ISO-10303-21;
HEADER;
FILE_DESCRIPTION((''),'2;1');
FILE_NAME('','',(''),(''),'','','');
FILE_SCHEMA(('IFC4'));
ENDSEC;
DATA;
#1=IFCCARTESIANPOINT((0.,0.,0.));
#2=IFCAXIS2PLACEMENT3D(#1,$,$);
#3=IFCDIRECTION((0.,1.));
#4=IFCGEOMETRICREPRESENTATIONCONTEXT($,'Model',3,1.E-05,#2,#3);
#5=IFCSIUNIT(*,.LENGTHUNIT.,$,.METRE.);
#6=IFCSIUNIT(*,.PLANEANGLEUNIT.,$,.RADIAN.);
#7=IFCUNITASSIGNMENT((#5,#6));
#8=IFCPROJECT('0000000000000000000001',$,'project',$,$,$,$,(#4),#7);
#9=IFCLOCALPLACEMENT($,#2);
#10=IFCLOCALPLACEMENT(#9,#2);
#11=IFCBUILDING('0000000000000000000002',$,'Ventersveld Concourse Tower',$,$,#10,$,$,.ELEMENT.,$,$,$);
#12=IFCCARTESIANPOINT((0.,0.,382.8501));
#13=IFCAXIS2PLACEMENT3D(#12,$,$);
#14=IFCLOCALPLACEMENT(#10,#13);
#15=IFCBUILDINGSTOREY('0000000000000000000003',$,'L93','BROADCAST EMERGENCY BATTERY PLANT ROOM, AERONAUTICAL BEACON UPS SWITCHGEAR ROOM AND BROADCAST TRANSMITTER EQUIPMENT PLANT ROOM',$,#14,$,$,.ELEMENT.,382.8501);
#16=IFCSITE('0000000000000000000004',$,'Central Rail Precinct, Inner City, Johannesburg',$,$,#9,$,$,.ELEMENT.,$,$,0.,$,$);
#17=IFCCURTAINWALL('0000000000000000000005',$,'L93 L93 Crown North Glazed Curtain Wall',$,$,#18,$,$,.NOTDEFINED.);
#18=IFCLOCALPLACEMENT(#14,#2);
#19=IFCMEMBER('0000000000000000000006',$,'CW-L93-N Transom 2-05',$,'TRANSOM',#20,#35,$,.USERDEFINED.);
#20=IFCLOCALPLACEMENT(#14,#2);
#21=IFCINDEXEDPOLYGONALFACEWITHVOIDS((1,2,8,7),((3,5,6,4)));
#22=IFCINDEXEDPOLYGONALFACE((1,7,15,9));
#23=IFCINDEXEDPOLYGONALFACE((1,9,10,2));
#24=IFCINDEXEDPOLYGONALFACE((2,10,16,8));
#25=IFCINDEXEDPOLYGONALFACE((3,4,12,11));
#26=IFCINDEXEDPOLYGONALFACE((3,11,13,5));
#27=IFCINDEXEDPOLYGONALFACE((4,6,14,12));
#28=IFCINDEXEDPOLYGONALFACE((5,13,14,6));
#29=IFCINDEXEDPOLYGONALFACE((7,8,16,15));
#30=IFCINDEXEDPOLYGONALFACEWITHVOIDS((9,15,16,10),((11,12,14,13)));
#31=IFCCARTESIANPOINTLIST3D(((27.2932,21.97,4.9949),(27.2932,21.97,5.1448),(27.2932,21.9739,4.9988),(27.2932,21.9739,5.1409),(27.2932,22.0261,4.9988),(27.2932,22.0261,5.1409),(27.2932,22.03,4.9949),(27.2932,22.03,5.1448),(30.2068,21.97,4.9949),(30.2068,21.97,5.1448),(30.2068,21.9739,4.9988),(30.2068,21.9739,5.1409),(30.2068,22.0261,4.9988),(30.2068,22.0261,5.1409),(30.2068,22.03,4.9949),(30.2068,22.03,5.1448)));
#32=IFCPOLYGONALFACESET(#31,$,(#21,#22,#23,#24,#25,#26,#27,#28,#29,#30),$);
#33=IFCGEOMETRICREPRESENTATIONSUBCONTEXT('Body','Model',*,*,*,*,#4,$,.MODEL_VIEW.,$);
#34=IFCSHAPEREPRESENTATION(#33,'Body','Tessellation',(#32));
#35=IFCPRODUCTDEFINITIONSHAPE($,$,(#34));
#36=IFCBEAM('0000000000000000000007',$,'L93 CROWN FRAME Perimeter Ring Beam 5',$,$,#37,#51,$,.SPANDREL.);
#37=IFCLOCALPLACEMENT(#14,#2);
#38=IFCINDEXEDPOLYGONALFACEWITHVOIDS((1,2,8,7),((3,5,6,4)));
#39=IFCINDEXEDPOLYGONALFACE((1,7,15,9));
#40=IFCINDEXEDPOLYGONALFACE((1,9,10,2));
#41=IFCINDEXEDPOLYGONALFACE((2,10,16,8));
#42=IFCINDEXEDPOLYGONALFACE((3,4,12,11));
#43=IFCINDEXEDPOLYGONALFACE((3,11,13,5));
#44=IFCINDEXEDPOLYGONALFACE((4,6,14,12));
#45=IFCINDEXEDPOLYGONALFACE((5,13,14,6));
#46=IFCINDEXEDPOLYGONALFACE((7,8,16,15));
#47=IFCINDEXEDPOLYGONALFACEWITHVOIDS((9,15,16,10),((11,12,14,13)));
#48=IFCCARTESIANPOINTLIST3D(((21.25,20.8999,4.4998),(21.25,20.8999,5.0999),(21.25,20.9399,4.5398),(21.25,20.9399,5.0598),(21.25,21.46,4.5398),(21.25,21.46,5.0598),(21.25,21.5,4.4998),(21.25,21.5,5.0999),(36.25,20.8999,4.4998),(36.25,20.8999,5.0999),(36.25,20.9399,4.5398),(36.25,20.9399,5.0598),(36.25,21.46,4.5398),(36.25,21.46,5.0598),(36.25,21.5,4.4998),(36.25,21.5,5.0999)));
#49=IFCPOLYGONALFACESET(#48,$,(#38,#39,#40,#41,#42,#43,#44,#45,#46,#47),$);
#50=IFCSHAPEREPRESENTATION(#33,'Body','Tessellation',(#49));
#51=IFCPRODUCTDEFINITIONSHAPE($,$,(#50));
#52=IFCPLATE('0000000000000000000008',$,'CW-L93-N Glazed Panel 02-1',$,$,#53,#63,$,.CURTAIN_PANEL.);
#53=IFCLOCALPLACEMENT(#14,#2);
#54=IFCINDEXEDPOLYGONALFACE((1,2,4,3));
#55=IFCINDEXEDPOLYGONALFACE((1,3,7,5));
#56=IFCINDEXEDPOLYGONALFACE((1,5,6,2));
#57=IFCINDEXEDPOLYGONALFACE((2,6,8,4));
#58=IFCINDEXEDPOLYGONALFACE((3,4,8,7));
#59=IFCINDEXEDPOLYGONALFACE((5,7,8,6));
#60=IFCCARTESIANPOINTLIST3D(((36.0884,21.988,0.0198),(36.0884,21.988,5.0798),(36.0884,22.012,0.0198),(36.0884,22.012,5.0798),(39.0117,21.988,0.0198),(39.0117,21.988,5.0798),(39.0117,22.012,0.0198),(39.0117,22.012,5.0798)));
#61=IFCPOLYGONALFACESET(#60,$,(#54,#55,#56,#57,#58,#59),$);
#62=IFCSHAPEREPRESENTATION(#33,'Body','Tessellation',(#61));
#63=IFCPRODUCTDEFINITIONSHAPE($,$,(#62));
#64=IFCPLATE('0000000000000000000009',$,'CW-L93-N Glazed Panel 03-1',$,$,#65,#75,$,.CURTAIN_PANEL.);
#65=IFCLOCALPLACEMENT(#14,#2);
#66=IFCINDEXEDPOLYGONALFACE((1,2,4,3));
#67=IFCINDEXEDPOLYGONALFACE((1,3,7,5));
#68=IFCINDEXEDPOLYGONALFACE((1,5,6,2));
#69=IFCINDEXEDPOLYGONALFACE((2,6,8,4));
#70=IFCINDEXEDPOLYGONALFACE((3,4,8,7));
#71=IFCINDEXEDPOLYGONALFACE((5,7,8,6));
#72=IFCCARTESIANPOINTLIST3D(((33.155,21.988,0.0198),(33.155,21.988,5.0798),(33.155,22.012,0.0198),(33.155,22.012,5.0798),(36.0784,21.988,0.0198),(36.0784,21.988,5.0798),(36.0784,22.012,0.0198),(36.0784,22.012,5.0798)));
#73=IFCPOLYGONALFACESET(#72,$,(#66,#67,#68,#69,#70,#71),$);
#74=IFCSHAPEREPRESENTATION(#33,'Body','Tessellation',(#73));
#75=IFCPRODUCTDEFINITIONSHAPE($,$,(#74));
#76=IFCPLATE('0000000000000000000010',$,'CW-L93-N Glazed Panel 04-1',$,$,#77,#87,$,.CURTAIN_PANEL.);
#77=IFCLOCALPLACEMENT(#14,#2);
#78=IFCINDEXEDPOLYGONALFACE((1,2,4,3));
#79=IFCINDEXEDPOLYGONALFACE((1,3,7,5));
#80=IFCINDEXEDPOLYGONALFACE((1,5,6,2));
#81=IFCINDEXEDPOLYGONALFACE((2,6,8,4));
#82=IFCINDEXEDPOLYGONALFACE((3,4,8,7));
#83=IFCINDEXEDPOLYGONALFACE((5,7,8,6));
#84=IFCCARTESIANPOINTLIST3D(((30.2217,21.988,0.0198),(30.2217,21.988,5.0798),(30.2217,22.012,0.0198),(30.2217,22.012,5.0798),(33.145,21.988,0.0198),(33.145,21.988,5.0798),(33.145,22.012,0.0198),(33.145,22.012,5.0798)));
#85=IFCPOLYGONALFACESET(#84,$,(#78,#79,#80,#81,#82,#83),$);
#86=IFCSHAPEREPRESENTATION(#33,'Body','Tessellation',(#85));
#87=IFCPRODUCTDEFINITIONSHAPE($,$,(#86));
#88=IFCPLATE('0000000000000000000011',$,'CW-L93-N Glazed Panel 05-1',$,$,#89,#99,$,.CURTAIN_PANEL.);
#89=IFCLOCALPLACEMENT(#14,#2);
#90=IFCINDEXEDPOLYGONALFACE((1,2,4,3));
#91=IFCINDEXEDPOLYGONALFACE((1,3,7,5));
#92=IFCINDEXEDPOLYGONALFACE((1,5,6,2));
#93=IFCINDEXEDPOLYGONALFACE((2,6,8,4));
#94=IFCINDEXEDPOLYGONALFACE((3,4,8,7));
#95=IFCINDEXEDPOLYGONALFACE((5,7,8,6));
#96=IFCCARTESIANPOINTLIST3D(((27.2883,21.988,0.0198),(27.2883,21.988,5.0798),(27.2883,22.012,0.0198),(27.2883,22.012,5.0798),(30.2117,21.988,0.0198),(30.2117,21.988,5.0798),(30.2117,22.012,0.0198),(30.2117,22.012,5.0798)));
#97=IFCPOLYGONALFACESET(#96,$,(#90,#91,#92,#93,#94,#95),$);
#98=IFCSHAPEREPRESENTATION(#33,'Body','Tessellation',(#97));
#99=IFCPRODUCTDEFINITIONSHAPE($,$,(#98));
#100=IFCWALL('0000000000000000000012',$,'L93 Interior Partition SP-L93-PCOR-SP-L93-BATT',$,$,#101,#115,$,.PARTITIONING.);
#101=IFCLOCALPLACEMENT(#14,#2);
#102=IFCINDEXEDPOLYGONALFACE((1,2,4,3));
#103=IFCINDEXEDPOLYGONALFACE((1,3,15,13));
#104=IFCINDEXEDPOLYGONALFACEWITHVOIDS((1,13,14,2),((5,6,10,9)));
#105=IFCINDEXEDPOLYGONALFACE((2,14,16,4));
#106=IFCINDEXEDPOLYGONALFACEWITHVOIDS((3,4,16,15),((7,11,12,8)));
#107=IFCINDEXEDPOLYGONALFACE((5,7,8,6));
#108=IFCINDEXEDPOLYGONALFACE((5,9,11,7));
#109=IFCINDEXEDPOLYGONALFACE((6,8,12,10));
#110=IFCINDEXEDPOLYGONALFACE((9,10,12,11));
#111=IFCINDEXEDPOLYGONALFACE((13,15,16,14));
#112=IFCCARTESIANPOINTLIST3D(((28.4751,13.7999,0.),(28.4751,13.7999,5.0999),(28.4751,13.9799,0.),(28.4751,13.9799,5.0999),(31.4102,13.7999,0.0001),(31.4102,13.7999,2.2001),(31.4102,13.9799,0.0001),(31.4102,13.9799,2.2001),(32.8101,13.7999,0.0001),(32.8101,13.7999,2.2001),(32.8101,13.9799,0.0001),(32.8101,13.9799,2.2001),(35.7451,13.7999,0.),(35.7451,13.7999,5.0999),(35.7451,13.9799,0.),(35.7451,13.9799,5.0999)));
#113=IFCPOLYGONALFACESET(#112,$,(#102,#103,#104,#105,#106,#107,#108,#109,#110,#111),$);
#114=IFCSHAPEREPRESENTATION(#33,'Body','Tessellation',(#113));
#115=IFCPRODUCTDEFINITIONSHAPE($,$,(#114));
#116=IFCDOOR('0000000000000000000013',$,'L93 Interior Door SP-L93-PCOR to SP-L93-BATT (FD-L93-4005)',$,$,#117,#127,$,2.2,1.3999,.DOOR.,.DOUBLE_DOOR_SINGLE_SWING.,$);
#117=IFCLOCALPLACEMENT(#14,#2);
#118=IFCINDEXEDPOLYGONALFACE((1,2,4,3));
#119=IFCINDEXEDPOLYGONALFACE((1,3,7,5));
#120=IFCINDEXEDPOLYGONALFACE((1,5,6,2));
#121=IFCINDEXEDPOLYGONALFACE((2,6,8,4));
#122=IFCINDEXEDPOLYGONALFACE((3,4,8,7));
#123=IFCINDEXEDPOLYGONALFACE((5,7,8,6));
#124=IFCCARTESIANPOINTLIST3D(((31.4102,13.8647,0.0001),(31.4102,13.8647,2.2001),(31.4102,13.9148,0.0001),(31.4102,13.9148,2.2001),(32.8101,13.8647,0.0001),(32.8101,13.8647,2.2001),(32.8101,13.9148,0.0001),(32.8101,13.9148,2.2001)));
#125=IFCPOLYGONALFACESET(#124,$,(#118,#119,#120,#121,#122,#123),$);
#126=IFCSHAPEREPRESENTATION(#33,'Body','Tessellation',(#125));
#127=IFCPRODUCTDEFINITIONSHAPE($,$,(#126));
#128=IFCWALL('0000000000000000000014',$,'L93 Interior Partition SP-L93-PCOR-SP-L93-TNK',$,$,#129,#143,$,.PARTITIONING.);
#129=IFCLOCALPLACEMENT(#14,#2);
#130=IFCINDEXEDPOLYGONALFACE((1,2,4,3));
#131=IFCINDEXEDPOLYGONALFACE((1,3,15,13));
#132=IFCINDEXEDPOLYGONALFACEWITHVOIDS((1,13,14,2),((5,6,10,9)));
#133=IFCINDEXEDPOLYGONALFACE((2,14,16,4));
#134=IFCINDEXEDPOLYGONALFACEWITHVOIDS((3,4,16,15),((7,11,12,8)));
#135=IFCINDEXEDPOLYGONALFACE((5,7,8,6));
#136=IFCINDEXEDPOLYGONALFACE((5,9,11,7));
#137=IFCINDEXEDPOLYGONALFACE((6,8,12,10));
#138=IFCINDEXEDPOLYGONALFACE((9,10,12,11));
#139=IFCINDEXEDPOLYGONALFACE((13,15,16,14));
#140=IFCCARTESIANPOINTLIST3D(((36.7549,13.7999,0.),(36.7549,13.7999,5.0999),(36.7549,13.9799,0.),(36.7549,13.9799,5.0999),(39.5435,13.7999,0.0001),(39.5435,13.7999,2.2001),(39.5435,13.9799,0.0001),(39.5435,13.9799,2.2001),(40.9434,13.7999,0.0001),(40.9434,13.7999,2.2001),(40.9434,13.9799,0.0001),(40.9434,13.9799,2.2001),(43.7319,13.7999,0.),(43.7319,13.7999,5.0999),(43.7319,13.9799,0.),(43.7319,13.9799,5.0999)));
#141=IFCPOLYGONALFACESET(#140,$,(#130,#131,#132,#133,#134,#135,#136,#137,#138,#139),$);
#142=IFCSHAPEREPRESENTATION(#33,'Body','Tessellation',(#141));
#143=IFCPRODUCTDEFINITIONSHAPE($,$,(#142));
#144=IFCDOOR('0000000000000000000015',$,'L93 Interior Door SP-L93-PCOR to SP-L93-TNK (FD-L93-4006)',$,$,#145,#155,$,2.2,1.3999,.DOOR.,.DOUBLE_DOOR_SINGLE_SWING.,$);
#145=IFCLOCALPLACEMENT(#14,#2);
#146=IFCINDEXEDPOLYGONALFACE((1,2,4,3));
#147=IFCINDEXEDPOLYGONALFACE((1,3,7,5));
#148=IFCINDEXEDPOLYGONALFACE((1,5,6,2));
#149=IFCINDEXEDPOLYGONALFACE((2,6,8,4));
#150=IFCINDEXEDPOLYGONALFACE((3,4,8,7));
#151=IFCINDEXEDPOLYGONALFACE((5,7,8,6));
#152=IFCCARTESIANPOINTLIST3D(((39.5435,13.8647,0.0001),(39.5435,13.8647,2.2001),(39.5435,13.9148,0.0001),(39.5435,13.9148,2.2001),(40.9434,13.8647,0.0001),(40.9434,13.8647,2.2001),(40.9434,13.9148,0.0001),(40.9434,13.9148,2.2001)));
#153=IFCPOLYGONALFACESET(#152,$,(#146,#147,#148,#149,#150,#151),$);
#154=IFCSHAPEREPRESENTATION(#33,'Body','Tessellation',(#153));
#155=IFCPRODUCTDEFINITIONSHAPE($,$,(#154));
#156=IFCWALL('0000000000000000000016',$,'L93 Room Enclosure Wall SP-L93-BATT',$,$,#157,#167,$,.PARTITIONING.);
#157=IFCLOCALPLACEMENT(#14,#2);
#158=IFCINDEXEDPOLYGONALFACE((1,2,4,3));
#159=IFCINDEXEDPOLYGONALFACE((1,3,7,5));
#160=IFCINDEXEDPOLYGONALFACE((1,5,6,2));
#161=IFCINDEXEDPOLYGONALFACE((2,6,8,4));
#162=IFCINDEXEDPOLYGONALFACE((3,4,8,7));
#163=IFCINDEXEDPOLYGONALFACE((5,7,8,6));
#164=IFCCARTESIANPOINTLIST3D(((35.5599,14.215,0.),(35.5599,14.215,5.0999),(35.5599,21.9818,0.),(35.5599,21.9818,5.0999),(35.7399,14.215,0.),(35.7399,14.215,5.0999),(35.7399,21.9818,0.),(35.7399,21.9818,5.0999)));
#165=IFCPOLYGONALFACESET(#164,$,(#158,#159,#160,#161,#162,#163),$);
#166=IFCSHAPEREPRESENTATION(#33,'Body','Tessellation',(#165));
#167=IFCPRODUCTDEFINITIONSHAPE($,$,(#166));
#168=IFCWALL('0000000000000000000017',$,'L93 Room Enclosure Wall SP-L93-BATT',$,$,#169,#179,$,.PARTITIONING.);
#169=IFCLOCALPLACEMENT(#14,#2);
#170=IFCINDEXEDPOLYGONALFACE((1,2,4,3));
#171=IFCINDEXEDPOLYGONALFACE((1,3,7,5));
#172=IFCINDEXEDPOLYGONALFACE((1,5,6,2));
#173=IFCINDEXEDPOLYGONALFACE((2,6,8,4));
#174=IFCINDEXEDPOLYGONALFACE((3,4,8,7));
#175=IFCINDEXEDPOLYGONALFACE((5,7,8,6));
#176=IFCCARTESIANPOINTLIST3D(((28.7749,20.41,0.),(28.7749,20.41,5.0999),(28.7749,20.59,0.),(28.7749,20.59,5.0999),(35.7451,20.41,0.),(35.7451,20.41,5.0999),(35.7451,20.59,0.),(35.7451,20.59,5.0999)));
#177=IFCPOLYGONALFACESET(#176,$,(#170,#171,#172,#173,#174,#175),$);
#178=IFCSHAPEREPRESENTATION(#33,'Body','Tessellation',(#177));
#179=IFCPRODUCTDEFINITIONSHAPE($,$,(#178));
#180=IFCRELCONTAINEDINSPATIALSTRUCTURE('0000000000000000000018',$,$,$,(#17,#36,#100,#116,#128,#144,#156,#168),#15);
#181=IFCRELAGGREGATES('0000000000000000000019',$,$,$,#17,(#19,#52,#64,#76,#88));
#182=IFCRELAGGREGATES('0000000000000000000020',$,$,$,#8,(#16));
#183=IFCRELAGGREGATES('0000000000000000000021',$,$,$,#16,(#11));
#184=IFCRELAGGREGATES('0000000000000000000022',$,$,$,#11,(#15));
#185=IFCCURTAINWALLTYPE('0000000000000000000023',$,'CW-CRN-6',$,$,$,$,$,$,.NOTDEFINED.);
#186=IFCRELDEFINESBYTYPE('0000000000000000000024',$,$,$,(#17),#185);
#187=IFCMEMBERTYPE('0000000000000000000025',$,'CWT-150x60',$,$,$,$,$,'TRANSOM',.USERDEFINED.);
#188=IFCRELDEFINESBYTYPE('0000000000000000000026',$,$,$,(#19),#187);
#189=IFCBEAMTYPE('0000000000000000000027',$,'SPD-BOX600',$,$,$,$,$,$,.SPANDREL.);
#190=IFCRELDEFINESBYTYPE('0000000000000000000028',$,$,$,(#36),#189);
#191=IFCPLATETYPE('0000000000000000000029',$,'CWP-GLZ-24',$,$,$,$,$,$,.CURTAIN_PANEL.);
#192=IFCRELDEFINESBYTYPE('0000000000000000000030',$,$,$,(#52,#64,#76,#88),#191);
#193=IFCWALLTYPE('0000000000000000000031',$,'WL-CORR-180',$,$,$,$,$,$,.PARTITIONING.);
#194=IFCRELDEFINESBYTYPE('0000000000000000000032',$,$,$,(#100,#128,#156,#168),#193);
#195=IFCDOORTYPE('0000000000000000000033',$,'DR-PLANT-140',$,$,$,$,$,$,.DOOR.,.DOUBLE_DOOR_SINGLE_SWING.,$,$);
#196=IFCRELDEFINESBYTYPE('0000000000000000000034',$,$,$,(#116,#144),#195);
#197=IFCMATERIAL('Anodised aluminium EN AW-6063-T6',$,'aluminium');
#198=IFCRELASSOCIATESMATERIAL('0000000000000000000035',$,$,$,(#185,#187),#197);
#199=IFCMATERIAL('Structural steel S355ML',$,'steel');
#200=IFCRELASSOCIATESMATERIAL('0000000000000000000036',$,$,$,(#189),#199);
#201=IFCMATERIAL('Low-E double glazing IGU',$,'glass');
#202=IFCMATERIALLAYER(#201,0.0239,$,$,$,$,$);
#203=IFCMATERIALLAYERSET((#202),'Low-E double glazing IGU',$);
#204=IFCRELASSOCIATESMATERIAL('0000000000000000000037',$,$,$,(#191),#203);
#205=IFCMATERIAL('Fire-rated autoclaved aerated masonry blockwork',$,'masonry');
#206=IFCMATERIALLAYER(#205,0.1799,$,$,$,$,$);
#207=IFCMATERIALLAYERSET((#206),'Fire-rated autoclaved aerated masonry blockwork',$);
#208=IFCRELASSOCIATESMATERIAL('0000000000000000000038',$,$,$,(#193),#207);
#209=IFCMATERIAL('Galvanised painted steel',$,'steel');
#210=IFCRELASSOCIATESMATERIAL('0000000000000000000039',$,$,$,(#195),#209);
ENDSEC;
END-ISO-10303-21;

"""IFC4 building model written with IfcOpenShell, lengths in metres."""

from ifc_helpers import new_model, si_unit, direction, frame, frame_2d, origin, origin_2d, place, context, subcontext, project, spatial, rectangle, hollow_rectangle, extrude, material, layer, layer_set, material_profile, profile_set, type_object, element, fill, aggregate, save


model = new_model("IFC4")

# Units and contexts
model_context = context("Model", 3, precision=1e-05, world=origin(), true_north=direction((0.0, 1.0)))
body_context = subcontext(model_context, "Body", "Model", "MODEL_VIEW")
ifc_project = project(units=[si_unit("LENGTHUNIT", "METRE"), si_unit("PLANEANGLEUNIT", "RADIAN")], contexts=[model_context])

# Site, building, storey
site_placement = place(None, origin())
site = spatial("IfcSite", under=ifc_project, at=site_placement, Name="Central Rail Precinct, Inner City, Johannesburg", CompositionType="ELEMENT", RefElevation=0.0)
building_placement = place(site_placement, origin())
building = spatial("IfcBuilding", under=site, at=building_placement, Name="Ventersveld Concourse Tower", CompositionType="ELEMENT")
storey_placement = place(building_placement, frame((0.0, 0.0, 382.8501)))
storey = spatial("IfcBuildingStorey", under=building, at=storey_placement, Name="L93", Description="BROADCAST EMERGENCY BATTERY PLANT ROOM, AERONAUTICAL BEACON UPS SWITCHGEAR ROOM AND BROADCAST TRANSMITTER EQUIPMENT PLANT ROOM", CompositionType="ELEMENT", Elevation=382.8501)

# Shared definitions
ifc_material_1 = material(Name="Structural steel S355ML", Category="steel")

# Curtain wall, member
ifc_material_2 = material(Name="Anodised aluminium EN AW-6063-T6", Category="aluminium")
curtain_wall_type = type_object("IfcCurtainWallType", Name="CW-CRN-6", PredefinedType="NOTDEFINED", material=ifc_material_2)
curtain_wall_placement = place(storey_placement, origin())
curtain_wall = element("IfcCurtainWall", 1, at=curtain_wall_placement, inside=storey, type_object=curtain_wall_type, Name="L93 L93 Crown North Glazed Curtain Wall", PredefinedType="NOTDEFINED")
ifc_material_profile_1 = material_profile(ifc_material_2, hollow_rectangle(XDim=0.0601, YDim=0.1499, WallThickness=0.0039, at=origin_2d()), Name="ALU 150x60x4")
ifc_profile_set_1 = profile_set([ifc_material_profile_1], Name="Anodised aluminium EN AW-6063-T6")
member_type_1 = type_object("IfcMemberType", Name="CWT-150x60", ElementType="TRANSOM", PredefinedType="USERDEFINED", material=ifc_profile_set_1)
member_1_placement = place(storey_placement, frame((30.2068, 22.0, 5.0698), z_axis=(-1.0, 0.0, 0.0), x_axis=(0.0, -1.0, 0.0)))
member_1 = element("IfcMember", 2, at=member_1_placement, type_object=member_type_1, Name="CW-L93-N Transom 2-05", ObjectType="TRANSOM", PredefinedType="USERDEFINED", context=body_context, shape_type="SweptSolid", body=[
    extrude(hollow_rectangle(XDim=0.0601, YDim=0.1499, WallThickness=0.0039, at=origin_2d()), origin(), (0.0, 0.0, 1.0), 2.9136),
])

# Beam
ifc_material_profile_2 = material_profile(ifc_material_1, hollow_rectangle(XDim=0.6001, YDim=0.6001, WallThickness=0.04, at=origin_2d()), Name="BOX 600x600x40")
ifc_profile_set_2 = profile_set([ifc_material_profile_2], Name="Structural steel S355ML")
beam_type_1 = type_object("IfcBeamType", Name="SPD-BOX600", PredefinedType="SPANDREL", material=ifc_profile_set_2)
beam_1_placement = place(storey_placement, frame((36.25, 21.2, 4.7998), z_axis=(-1.0, 0.0, 0.0), x_axis=(0.0, -1.0, 0.0)))
element("IfcBeam", 3, at=beam_1_placement, inside=storey, type_object=beam_type_1, Name="L93 CROWN FRAME Perimeter Ring Beam 5", PredefinedType="SPANDREL", context=body_context, shape_type="SweptSolid", body=[
    extrude(hollow_rectangle(XDim=0.6001, YDim=0.6001, WallThickness=0.04, at=origin_2d()), origin(), (0.0, 0.0, 1.0), 15.0),
])

# Plates
ifc_material_3 = material(Name="Low-E double glazing IGU", Category="glass")
ifc_layer_1 = layer(ifc_material_3, 0.0239)
ifc_layer_set_1 = layer_set([ifc_layer_1], Name="Low-E double glazing IGU")
plate_type = type_object("IfcPlateType", Name="CWP-GLZ-24", PredefinedType="CURTAIN_PANEL", material=ifc_layer_set_1)
plate_1_placement = place(storey_placement, frame((37.55, 22.0, 0.0198), z_axis=(0.0, 0.0, 1.0), x_axis=(-1.0, 0.0, 0.0)))
plate_1 = element("IfcPlate", 4, at=plate_1_placement, type_object=plate_type, Name="CW-L93-N Glazed Panel 02-1", PredefinedType="CURTAIN_PANEL", context=body_context, shape_type="SweptSolid", body=[
    extrude(rectangle(XDim=2.9233, YDim=0.0239, at=origin_2d()), origin(), (0.0, 0.0, 1.0), 5.0601),
])
plate_2_placement = place(storey_placement, frame((34.6167, 22.0, 0.0198), z_axis=(0.0, 0.0, 1.0), x_axis=(-1.0, 0.0, 0.0)))
plate_2 = element("IfcPlate", 5, at=plate_2_placement, type_object=plate_type, Name="CW-L93-N Glazed Panel 03-1", PredefinedType="CURTAIN_PANEL", context=body_context, shape_type="SweptSolid", body=[
    extrude(rectangle(XDim=2.9233, YDim=0.0239, at=origin_2d()), origin(), (0.0, 0.0, 1.0), 5.0601),
])
plate_3_placement = place(storey_placement, frame((31.6833, 22.0, 0.0198), z_axis=(0.0, 0.0, 1.0), x_axis=(-1.0, 0.0, 0.0)))
plate_3 = element("IfcPlate", 6, at=plate_3_placement, type_object=plate_type, Name="CW-L93-N Glazed Panel 04-1", PredefinedType="CURTAIN_PANEL", context=body_context, shape_type="SweptSolid", body=[
    extrude(rectangle(XDim=2.9233, YDim=0.0239, at=origin_2d()), origin(), (0.0, 0.0, 1.0), 5.0601),
])
plate_4_placement = place(storey_placement, frame((28.75, 22.0, 0.0198), z_axis=(0.0, 0.0, 1.0), x_axis=(-1.0, 0.0, 0.0)))
plate_4 = element("IfcPlate", 7, at=plate_4_placement, type_object=plate_type, Name="CW-L93-N Glazed Panel 05-1", PredefinedType="CURTAIN_PANEL", context=body_context, shape_type="SweptSolid", body=[
    extrude(rectangle(XDim=2.9233, YDim=0.0239, at=origin_2d()), origin(), (0.0, 0.0, 1.0), 5.0601),
])
aggregate(curtain_wall, [member_1, plate_1, plate_2, plate_3, plate_4])

# Walls, openings, doors
ifc_material_4 = material(Name="Fire-rated autoclaved aerated masonry blockwork", Category="masonry")
ifc_layer_2 = layer(ifc_material_4, 0.1799)
ifc_layer_set_2 = layer_set([ifc_layer_2], Name="Fire-rated autoclaved aerated masonry blockwork")
wall_type_1 = type_object("IfcWallType", Name="WL-CORR-180", PredefinedType="PARTITIONING", material=ifc_layer_set_2)
wall_1_placement = place(storey_placement, frame((28.4751, 13.8899, 0.0), z_axis=(0.0, 0.0, 1.0), x_axis=(1.0, 0.0, 0.0)))
wall_1 = element("IfcWall", 8, at=wall_1_placement, inside=storey, type_object=wall_type_1, Name="L93 Interior Partition SP-L93-PCOR-SP-L93-BATT", PredefinedType="PARTITIONING", context=body_context, shape_type="SweptSolid", body=[
    extrude(rectangle(XDim=7.27, YDim=0.1799, at=frame_2d((3.635, 0.0))), origin(), (0.0, 0.0, 1.0), 5.0999),
])
opening_1_placement = place(wall_1_placement, frame((2.9351, 0.0, 0.0)))
opening_1 = element("IfcOpeningElement", 9, at=opening_1_placement, cuts=wall_1, PredefinedType="OPENING", context=body_context, shape_type="SweptSolid", body=[
    extrude(rectangle(XDim=1.3999, YDim=2.2, at=frame_2d((0.7, 1.1001))), frame((0.0, 0.1001, 0.0), z_axis=(0.0, -1.0, 0.0), x_axis=(1.0, 0.0, 0.0)), (0.0, 0.0, 1.0), 0.2),
])
ifc_material_5 = material(Name="Galvanised painted steel", Category="steel")
door_type_1 = type_object("IfcDoorType", Name="DR-PLANT-140", OperationType="DOUBLE_DOOR_SINGLE_SWING", PredefinedType="DOOR", material=ifc_material_5)
door_1_placement = place(opening_1_placement, origin())
door_1 = element("IfcDoor", 10, at=door_1_placement, inside=storey, type_object=door_type_1, Name="L93 Interior Door SP-L93-PCOR to SP-L93-BATT (FD-L93-4005)", OperationType="DOUBLE_DOOR_SINGLE_SWING", OverallHeight=2.2, OverallWidth=1.3999, PredefinedType="DOOR", context=body_context, shape_type="SweptSolid", body=[
    extrude(rectangle(XDim=1.3999, YDim=2.2, at=frame_2d((0.7, 1.1001))), frame((0.0, 0.0249, 0.0), z_axis=(0.0, -1.0, 0.0), x_axis=(1.0, 0.0, 0.0)), (0.0, 0.0, 1.0), 0.05),
])
fill(opening_1, door_1)
wall_2_placement = place(storey_placement, frame((36.7549, 13.8899, 0.0), z_axis=(0.0, 0.0, 1.0), x_axis=(1.0, 0.0, 0.0)))
wall_2 = element("IfcWall", 11, at=wall_2_placement, inside=storey, type_object=wall_type_1, Name="L93 Interior Partition SP-L93-PCOR-SP-L93-TNK", PredefinedType="PARTITIONING", context=body_context, shape_type="SweptSolid", body=[
    extrude(rectangle(XDim=6.9771, YDim=0.1799, at=frame_2d((3.4885, 0.0))), origin(), (0.0, 0.0, 1.0), 5.0999),
])
opening_2_placement = place(wall_2_placement, frame((2.7886, 0.0, 0.0)))
opening_2 = element("IfcOpeningElement", 12, at=opening_2_placement, cuts=wall_2, PredefinedType="OPENING", context=body_context, shape_type="SweptSolid", body=[
    extrude(rectangle(XDim=1.3999, YDim=2.2, at=frame_2d((0.7, 1.1001))), frame((0.0, 0.1001, 0.0), z_axis=(0.0, -1.0, 0.0), x_axis=(1.0, 0.0, 0.0)), (0.0, 0.0, 1.0), 0.2),
])
door_2_placement = place(opening_2_placement, origin())
door_2 = element("IfcDoor", 13, at=door_2_placement, inside=storey, type_object=door_type_1, Name="L93 Interior Door SP-L93-PCOR to SP-L93-TNK (FD-L93-4006)", OperationType="DOUBLE_DOOR_SINGLE_SWING", OverallHeight=2.2, OverallWidth=1.3999, PredefinedType="DOOR", context=body_context, shape_type="SweptSolid", body=[
    extrude(rectangle(XDim=1.3999, YDim=2.2, at=frame_2d((0.7, 1.1001))), frame((0.0, 0.0249, 0.0), z_axis=(0.0, -1.0, 0.0), x_axis=(1.0, 0.0, 0.0)), (0.0, 0.0, 1.0), 0.05),
])
fill(opening_2, door_2)

# Walls
wall_3_placement = place(storey_placement, frame((35.6499, 14.2151, 0.0), z_axis=(0.0, 0.0, 1.0), x_axis=(0.0, 1.0, 0.0)))
element("IfcWall", 14, at=wall_3_placement, inside=storey, type_object=wall_type_1, Name="L93 Room Enclosure Wall SP-L93-BATT", PredefinedType="PARTITIONING", context=body_context, shape_type="SweptSolid", body=[
    extrude(rectangle(XDim=7.7668, YDim=0.1799, at=frame_2d((3.8833, 0.0))), origin(), (0.0, 0.0, 1.0), 5.0999),
])
wall_4_placement = place(storey_placement, frame((35.7451, 20.5, 0.0), z_axis=(0.0, 0.0, 1.0), x_axis=(-1.0, 0.0, 0.0)))
element("IfcWall", 15, at=wall_4_placement, inside=storey, type_object=wall_type_1, Name="L93 Room Enclosure Wall SP-L93-BATT", PredefinedType="PARTITIONING", context=body_context, shape_type="SweptSolid", body=[
    extrude(rectangle(XDim=6.9702, YDim=0.1799, at=frame_2d((3.4851, 0.0))), origin(), (0.0, 0.0, 1.0), 5.0999),
])

save(model, "model.ifc")
